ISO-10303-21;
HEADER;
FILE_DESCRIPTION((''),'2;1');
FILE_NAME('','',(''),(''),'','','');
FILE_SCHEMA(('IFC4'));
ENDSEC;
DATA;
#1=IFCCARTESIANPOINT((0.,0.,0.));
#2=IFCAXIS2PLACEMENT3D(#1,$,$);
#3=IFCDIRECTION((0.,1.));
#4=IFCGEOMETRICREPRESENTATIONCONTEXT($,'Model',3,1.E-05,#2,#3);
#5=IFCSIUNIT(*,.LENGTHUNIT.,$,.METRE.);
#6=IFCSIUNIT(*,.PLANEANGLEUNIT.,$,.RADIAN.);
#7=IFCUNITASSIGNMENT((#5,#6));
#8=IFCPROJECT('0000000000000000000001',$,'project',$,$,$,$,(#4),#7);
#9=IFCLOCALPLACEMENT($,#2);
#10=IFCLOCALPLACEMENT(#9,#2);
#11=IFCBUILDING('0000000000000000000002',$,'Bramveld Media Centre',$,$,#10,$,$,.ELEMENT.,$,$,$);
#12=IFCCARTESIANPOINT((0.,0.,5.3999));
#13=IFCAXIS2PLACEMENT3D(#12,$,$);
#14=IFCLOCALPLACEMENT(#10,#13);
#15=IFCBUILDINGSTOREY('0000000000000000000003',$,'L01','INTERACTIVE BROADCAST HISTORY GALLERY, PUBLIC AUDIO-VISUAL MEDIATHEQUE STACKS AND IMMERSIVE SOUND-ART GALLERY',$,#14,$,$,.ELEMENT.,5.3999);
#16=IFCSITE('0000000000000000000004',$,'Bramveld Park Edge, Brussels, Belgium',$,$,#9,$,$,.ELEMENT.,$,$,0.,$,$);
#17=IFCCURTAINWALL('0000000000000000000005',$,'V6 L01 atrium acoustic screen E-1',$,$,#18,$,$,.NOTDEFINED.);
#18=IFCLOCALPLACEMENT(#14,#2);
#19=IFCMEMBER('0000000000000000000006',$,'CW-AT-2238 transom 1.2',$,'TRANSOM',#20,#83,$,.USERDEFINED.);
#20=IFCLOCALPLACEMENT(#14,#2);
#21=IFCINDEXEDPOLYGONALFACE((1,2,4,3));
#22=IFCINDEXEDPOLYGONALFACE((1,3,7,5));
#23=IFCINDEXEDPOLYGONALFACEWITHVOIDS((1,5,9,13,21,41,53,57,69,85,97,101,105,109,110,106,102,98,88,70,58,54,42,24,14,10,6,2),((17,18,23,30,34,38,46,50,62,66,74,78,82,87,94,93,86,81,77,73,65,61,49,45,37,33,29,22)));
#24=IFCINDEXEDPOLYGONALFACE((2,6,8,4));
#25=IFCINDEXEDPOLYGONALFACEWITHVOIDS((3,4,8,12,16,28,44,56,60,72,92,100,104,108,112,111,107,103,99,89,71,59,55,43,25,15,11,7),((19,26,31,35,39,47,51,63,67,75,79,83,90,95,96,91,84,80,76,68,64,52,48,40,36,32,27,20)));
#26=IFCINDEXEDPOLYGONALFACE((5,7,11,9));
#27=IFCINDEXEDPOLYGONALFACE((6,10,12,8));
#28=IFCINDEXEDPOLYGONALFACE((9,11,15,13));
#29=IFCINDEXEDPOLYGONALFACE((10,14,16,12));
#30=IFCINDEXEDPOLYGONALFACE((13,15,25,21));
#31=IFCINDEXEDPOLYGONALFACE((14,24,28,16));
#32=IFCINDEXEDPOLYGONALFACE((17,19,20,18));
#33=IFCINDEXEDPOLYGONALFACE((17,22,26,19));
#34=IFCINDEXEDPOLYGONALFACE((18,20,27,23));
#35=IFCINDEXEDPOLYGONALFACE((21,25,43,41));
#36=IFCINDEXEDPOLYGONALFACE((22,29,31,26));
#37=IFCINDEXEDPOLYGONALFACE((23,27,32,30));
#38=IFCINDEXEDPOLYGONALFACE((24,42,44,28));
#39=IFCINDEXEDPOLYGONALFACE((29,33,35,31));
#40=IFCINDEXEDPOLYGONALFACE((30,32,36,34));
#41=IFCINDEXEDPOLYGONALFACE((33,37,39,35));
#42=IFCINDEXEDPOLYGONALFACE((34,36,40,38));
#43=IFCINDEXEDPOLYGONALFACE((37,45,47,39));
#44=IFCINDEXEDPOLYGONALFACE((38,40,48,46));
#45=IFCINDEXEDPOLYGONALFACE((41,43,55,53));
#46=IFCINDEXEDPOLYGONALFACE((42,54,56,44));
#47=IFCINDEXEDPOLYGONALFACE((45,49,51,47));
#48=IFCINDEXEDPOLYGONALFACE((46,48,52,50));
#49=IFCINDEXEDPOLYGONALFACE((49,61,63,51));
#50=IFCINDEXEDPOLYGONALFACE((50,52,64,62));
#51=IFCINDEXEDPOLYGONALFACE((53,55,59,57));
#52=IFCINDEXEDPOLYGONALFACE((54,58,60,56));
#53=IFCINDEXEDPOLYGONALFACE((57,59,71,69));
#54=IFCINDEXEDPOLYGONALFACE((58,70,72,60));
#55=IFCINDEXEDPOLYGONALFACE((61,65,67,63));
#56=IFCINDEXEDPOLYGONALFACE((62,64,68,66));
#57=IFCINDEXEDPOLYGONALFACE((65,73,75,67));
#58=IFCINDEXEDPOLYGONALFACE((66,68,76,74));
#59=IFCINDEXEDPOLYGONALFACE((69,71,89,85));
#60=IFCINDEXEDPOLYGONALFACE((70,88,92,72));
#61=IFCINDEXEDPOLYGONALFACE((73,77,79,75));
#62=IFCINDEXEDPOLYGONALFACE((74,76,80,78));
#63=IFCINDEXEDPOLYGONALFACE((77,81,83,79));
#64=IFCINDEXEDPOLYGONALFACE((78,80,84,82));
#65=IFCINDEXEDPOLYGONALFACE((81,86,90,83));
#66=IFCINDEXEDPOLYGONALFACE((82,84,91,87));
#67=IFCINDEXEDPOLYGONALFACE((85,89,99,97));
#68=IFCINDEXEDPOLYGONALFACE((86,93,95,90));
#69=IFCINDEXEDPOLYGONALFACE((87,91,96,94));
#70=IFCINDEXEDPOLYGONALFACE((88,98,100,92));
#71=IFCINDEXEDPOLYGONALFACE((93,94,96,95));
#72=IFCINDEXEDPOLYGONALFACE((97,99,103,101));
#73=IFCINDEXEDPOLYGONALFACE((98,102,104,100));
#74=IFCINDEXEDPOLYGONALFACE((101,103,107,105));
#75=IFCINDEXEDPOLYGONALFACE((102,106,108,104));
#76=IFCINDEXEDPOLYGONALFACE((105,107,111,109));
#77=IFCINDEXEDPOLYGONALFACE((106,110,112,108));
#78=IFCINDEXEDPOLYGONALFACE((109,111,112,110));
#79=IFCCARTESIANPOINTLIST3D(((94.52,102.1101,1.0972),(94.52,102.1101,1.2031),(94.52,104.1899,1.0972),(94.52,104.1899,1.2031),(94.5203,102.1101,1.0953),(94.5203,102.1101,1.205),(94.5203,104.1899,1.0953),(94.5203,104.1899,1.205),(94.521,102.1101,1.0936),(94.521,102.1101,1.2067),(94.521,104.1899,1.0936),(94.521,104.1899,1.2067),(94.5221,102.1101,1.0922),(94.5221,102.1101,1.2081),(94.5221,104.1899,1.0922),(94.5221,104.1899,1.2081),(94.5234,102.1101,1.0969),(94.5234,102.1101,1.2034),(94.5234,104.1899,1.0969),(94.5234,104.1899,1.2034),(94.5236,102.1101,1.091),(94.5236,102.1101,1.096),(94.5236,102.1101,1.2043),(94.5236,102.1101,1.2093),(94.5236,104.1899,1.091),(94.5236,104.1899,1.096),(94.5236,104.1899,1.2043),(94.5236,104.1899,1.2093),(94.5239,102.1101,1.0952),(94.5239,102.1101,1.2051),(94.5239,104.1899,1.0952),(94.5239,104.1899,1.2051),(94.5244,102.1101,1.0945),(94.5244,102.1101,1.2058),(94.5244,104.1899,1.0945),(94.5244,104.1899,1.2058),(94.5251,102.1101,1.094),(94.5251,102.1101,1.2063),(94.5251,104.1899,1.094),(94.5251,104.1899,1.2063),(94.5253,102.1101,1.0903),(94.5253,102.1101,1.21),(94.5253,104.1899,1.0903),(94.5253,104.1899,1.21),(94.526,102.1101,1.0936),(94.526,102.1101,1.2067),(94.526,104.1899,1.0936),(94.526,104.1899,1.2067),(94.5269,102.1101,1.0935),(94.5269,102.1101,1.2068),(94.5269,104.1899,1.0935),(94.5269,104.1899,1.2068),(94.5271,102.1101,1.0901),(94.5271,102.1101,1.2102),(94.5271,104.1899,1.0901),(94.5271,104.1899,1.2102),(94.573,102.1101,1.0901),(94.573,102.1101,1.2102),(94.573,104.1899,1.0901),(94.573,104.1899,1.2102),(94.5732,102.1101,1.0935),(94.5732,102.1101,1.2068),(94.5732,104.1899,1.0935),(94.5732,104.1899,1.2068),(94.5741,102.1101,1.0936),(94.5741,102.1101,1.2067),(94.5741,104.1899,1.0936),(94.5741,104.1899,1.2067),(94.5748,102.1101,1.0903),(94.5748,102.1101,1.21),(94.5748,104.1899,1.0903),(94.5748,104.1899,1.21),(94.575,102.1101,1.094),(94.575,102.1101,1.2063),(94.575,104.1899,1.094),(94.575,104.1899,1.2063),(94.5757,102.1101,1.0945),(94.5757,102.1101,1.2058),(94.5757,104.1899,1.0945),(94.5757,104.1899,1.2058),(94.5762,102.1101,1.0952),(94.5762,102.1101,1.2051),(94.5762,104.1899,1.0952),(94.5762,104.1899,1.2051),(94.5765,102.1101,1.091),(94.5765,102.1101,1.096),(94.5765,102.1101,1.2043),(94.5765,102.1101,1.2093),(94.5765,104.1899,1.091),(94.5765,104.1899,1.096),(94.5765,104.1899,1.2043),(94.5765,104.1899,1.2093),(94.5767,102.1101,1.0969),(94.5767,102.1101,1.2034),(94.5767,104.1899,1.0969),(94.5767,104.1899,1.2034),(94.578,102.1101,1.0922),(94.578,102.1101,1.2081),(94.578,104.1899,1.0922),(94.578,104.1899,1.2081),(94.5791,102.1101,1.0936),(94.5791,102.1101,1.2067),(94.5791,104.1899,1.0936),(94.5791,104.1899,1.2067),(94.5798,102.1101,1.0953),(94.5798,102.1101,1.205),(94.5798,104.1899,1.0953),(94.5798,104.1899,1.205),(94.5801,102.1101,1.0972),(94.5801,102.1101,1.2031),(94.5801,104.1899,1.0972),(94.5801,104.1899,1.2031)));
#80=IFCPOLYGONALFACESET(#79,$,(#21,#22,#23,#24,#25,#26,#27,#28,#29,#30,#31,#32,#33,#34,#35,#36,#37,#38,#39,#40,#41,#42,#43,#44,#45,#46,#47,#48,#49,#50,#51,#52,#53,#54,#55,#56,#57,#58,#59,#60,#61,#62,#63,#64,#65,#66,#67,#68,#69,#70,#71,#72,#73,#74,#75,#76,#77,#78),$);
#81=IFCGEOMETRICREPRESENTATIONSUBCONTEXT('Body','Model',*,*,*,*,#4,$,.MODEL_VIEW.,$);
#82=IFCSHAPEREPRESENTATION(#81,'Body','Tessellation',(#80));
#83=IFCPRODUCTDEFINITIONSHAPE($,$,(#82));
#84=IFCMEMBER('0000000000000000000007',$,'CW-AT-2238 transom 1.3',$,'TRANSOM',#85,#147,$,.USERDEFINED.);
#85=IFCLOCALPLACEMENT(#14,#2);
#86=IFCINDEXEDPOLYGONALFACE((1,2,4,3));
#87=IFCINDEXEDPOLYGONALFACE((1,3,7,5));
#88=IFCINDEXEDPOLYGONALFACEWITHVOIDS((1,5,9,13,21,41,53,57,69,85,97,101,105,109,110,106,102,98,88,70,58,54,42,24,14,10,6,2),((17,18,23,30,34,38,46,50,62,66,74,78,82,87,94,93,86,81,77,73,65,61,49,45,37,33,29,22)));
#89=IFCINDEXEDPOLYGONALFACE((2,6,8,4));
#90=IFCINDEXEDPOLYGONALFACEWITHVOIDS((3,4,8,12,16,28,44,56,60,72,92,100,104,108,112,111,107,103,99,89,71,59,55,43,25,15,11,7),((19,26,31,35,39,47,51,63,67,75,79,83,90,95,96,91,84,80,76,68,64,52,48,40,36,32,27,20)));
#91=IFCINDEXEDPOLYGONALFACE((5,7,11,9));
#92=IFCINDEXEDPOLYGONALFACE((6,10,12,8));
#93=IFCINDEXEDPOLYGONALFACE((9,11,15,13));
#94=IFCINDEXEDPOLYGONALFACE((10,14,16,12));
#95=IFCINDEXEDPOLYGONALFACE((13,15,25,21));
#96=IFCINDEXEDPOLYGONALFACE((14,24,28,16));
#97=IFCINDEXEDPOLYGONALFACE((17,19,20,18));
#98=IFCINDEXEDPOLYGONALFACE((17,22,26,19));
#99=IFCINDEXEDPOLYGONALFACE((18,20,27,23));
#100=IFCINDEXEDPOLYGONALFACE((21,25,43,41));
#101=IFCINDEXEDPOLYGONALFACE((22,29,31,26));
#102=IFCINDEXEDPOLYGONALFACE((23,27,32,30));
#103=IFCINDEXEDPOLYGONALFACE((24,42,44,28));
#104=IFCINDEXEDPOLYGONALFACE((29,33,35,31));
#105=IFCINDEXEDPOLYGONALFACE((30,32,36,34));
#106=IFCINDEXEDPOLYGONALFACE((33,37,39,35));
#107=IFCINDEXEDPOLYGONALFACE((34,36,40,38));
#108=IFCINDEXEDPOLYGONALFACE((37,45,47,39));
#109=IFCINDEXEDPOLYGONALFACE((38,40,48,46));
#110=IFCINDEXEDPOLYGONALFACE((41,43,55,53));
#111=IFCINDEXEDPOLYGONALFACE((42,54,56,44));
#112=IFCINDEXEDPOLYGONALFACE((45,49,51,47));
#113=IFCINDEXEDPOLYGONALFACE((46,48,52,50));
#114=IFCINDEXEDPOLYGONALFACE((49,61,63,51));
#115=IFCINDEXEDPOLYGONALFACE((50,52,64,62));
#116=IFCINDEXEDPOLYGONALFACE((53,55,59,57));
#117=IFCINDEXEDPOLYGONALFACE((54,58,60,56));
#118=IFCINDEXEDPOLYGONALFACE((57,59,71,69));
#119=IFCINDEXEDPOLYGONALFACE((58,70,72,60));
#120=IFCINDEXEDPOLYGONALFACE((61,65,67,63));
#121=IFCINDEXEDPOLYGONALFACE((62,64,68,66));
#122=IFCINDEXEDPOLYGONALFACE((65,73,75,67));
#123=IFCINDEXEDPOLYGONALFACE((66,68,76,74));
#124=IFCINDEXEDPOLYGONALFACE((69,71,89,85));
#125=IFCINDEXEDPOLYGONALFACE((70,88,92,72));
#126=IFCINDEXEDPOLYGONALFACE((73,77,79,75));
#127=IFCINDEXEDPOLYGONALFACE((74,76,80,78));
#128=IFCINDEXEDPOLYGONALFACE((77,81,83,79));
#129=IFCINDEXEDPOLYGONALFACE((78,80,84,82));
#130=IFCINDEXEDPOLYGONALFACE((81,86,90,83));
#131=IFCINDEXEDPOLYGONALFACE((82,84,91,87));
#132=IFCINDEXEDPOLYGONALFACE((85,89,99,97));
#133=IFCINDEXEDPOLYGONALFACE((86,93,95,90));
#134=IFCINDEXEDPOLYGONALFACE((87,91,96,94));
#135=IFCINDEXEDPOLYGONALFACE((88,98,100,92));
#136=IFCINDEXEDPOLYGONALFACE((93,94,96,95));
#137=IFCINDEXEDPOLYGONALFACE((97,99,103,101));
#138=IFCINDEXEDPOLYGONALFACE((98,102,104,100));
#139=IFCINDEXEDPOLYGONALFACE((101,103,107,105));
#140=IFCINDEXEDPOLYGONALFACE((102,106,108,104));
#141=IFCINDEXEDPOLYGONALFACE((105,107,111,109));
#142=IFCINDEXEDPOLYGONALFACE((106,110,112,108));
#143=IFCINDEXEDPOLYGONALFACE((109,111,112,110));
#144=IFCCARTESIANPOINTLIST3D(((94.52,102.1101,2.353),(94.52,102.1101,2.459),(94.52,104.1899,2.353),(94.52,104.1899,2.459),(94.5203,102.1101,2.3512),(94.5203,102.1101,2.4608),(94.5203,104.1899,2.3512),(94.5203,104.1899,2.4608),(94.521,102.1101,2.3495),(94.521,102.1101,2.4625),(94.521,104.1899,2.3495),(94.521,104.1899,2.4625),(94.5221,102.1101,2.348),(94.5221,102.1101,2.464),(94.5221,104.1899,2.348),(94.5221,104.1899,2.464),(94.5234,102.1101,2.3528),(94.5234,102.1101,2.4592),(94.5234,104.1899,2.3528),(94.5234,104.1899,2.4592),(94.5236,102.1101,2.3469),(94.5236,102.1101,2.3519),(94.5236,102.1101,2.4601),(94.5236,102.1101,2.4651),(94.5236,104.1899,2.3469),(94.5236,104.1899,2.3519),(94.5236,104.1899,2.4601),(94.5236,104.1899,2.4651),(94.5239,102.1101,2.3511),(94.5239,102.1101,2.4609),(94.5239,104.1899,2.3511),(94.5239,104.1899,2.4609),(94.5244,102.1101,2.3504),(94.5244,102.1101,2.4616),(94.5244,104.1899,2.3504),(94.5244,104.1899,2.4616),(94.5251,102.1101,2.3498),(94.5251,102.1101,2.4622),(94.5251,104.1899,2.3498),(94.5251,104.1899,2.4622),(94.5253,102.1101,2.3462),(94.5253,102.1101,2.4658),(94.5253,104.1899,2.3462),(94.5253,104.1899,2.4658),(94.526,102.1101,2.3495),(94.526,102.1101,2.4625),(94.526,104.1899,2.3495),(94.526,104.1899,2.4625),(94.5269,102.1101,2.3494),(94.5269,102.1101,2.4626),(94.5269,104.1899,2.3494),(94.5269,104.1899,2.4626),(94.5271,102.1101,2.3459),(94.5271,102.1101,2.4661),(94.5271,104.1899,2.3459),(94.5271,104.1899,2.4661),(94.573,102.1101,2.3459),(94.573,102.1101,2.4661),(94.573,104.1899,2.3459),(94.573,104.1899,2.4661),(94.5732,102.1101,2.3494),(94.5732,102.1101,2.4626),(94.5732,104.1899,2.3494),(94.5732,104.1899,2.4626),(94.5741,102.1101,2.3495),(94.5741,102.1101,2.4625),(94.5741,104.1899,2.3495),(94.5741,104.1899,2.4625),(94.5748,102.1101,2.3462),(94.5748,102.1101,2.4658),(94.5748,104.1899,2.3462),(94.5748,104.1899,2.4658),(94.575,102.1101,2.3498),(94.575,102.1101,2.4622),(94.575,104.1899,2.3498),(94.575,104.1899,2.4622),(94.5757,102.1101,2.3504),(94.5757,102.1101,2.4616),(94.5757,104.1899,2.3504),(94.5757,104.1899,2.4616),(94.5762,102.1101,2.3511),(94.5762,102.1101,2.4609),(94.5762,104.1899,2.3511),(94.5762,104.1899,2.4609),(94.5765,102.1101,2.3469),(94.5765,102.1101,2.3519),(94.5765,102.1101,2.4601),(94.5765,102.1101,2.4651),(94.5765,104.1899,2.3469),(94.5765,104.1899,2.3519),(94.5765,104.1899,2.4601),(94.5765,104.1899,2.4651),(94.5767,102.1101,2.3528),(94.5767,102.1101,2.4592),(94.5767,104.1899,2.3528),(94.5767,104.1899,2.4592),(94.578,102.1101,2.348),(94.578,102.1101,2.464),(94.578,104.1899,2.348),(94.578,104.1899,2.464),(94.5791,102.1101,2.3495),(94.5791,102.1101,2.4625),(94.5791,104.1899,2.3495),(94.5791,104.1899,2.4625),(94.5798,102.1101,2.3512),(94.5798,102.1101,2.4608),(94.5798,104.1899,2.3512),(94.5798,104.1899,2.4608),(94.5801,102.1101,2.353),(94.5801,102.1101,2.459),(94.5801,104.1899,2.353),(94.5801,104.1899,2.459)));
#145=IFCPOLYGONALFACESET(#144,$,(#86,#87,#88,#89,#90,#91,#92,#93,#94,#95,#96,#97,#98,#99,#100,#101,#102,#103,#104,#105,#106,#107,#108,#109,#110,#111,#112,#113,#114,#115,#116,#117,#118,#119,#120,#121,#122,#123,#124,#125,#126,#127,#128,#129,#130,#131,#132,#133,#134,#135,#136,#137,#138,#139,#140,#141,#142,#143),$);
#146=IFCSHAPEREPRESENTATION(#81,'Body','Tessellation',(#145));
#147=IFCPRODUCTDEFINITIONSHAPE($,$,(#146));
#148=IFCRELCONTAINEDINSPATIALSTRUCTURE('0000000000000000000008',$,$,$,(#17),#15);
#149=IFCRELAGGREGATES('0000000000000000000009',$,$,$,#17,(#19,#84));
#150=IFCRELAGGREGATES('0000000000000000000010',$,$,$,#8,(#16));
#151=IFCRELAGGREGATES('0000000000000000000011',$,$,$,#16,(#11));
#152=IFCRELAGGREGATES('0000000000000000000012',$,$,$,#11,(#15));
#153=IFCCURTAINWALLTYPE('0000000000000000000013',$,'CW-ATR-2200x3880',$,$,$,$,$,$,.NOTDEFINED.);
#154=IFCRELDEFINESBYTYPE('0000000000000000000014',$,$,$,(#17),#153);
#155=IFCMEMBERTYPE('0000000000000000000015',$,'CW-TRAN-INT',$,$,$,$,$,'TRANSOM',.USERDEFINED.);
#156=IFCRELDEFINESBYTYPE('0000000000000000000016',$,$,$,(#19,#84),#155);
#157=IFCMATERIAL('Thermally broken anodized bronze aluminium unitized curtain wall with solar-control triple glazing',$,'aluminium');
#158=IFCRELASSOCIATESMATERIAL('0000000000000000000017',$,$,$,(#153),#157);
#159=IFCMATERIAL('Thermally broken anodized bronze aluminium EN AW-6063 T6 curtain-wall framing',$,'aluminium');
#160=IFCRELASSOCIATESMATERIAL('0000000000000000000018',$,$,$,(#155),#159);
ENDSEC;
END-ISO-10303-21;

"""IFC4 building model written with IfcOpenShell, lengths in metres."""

from ifc_helpers import new_model, si_unit, direction, frame, origin, origin_2d, place, context, subcontext, project, spatial, hollow_rectangle, extrude, material, material_profile, profile_set, type_object, element, aggregate, save


model = new_model("IFC4")

# Units and contexts
model_context = context("Model", 3, precision=1e-05, world=origin(), true_north=direction((0.0, 1.0)))
body_context = subcontext(model_context, "Body", "Model", "MODEL_VIEW")
ifc_project = project(units=[si_unit("LENGTHUNIT", "METRE"), si_unit("PLANEANGLEUNIT", "RADIAN")], contexts=[model_context])

# Site, building, storey
site_placement = place(None, origin())
site = spatial("IfcSite", under=ifc_project, at=site_placement, Name="Bramveld Park Edge, Brussels, Belgium", CompositionType="ELEMENT", RefElevation=0.0)
building_placement = place(site_placement, origin())
building = spatial("IfcBuilding", under=site, at=building_placement, Name="Bramveld Media Centre", CompositionType="ELEMENT")
storey_placement = place(building_placement, frame((0.0, 0.0, 5.3999)))
storey = spatial("IfcBuildingStorey", under=building, at=storey_placement, Name="L01", Description="INTERACTIVE BROADCAST HISTORY GALLERY, PUBLIC AUDIO-VISUAL MEDIATHEQUE STACKS AND IMMERSIVE SOUND-ART GALLERY", CompositionType="ELEMENT", Elevation=5.3999)

# Curtain wall
ifc_material_1 = material(Name="Thermally broken anodized bronze aluminium unitized curtain wall with solar-control triple glazing", Category="aluminium")
curtain_wall_type_1 = type_object("IfcCurtainWallType", Name="CW-ATR-2200x3880", PredefinedType="NOTDEFINED", material=ifc_material_1)
curtain_wall_1_placement = place(storey_placement, origin())
curtain_wall_1 = element("IfcCurtainWall", 1, at=curtain_wall_1_placement, inside=storey, type_object=curtain_wall_type_1, Name="V6 L01 atrium acoustic screen E-1", PredefinedType="NOTDEFINED")

# Members
ifc_material_2 = material(Name="Thermally broken anodized bronze aluminium EN AW-6063 T6 curtain-wall framing", Category="aluminium")
ifc_material_profile_1 = material_profile(ifc_material_2, hollow_rectangle(XDim=0.0601, YDim=0.1201, WallThickness=0.0034, InnerFilletRadius=0.0034, OuterFilletRadius=0.0071, at=origin_2d()), Name="AL-TRAN 60x120")
ifc_profile_set_1 = profile_set([ifc_material_profile_1], Name="Thermally broken anodized bronze aluminium EN AW-6063 T6 curtain-wall framing")
member_type_1 = type_object("IfcMemberType", Name="CW-TRAN-INT", ElementType="TRANSOM", PredefinedType="USERDEFINED", material=ifc_profile_set_1)
member_1_placement = place(storey_placement, frame((94.55, 102.1101, 1.1501), z_axis=(0.0, 1.0, 0.0), x_axis=(-1.0, 0.0, 0.0)))
member_1 = element("IfcMember", 2, at=member_1_placement, type_object=member_type_1, Name="CW-AT-2238 transom 1.2", ObjectType="TRANSOM", PredefinedType="USERDEFINED", context=body_context, shape_type="SweptSolid", body=[
    extrude(hollow_rectangle(XDim=0.0601, YDim=0.1201, WallThickness=0.0034, InnerFilletRadius=0.0034, OuterFilletRadius=0.0071, at=origin_2d()), origin(), (0.0, 0.0, 1.0), 2.0798),
])
member_2_placement = place(storey_placement, frame((94.55, 102.1101, 2.406), z_axis=(0.0, 1.0, 0.0), x_axis=(-1.0, 0.0, 0.0)))
member_2 = element("IfcMember", 3, at=member_2_placement, type_object=member_type_1, Name="CW-AT-2238 transom 1.3", ObjectType="TRANSOM", PredefinedType="USERDEFINED", context=body_context, shape_type="SweptSolid", body=[
    extrude(hollow_rectangle(XDim=0.0601, YDim=0.1201, WallThickness=0.0034, InnerFilletRadius=0.0034, OuterFilletRadius=0.0071, at=origin_2d()), origin(), (0.0, 0.0, 1.0), 2.0798),
])

aggregate(curtain_wall_1, [member_1, member_2])

save(model, "model.ifc")
